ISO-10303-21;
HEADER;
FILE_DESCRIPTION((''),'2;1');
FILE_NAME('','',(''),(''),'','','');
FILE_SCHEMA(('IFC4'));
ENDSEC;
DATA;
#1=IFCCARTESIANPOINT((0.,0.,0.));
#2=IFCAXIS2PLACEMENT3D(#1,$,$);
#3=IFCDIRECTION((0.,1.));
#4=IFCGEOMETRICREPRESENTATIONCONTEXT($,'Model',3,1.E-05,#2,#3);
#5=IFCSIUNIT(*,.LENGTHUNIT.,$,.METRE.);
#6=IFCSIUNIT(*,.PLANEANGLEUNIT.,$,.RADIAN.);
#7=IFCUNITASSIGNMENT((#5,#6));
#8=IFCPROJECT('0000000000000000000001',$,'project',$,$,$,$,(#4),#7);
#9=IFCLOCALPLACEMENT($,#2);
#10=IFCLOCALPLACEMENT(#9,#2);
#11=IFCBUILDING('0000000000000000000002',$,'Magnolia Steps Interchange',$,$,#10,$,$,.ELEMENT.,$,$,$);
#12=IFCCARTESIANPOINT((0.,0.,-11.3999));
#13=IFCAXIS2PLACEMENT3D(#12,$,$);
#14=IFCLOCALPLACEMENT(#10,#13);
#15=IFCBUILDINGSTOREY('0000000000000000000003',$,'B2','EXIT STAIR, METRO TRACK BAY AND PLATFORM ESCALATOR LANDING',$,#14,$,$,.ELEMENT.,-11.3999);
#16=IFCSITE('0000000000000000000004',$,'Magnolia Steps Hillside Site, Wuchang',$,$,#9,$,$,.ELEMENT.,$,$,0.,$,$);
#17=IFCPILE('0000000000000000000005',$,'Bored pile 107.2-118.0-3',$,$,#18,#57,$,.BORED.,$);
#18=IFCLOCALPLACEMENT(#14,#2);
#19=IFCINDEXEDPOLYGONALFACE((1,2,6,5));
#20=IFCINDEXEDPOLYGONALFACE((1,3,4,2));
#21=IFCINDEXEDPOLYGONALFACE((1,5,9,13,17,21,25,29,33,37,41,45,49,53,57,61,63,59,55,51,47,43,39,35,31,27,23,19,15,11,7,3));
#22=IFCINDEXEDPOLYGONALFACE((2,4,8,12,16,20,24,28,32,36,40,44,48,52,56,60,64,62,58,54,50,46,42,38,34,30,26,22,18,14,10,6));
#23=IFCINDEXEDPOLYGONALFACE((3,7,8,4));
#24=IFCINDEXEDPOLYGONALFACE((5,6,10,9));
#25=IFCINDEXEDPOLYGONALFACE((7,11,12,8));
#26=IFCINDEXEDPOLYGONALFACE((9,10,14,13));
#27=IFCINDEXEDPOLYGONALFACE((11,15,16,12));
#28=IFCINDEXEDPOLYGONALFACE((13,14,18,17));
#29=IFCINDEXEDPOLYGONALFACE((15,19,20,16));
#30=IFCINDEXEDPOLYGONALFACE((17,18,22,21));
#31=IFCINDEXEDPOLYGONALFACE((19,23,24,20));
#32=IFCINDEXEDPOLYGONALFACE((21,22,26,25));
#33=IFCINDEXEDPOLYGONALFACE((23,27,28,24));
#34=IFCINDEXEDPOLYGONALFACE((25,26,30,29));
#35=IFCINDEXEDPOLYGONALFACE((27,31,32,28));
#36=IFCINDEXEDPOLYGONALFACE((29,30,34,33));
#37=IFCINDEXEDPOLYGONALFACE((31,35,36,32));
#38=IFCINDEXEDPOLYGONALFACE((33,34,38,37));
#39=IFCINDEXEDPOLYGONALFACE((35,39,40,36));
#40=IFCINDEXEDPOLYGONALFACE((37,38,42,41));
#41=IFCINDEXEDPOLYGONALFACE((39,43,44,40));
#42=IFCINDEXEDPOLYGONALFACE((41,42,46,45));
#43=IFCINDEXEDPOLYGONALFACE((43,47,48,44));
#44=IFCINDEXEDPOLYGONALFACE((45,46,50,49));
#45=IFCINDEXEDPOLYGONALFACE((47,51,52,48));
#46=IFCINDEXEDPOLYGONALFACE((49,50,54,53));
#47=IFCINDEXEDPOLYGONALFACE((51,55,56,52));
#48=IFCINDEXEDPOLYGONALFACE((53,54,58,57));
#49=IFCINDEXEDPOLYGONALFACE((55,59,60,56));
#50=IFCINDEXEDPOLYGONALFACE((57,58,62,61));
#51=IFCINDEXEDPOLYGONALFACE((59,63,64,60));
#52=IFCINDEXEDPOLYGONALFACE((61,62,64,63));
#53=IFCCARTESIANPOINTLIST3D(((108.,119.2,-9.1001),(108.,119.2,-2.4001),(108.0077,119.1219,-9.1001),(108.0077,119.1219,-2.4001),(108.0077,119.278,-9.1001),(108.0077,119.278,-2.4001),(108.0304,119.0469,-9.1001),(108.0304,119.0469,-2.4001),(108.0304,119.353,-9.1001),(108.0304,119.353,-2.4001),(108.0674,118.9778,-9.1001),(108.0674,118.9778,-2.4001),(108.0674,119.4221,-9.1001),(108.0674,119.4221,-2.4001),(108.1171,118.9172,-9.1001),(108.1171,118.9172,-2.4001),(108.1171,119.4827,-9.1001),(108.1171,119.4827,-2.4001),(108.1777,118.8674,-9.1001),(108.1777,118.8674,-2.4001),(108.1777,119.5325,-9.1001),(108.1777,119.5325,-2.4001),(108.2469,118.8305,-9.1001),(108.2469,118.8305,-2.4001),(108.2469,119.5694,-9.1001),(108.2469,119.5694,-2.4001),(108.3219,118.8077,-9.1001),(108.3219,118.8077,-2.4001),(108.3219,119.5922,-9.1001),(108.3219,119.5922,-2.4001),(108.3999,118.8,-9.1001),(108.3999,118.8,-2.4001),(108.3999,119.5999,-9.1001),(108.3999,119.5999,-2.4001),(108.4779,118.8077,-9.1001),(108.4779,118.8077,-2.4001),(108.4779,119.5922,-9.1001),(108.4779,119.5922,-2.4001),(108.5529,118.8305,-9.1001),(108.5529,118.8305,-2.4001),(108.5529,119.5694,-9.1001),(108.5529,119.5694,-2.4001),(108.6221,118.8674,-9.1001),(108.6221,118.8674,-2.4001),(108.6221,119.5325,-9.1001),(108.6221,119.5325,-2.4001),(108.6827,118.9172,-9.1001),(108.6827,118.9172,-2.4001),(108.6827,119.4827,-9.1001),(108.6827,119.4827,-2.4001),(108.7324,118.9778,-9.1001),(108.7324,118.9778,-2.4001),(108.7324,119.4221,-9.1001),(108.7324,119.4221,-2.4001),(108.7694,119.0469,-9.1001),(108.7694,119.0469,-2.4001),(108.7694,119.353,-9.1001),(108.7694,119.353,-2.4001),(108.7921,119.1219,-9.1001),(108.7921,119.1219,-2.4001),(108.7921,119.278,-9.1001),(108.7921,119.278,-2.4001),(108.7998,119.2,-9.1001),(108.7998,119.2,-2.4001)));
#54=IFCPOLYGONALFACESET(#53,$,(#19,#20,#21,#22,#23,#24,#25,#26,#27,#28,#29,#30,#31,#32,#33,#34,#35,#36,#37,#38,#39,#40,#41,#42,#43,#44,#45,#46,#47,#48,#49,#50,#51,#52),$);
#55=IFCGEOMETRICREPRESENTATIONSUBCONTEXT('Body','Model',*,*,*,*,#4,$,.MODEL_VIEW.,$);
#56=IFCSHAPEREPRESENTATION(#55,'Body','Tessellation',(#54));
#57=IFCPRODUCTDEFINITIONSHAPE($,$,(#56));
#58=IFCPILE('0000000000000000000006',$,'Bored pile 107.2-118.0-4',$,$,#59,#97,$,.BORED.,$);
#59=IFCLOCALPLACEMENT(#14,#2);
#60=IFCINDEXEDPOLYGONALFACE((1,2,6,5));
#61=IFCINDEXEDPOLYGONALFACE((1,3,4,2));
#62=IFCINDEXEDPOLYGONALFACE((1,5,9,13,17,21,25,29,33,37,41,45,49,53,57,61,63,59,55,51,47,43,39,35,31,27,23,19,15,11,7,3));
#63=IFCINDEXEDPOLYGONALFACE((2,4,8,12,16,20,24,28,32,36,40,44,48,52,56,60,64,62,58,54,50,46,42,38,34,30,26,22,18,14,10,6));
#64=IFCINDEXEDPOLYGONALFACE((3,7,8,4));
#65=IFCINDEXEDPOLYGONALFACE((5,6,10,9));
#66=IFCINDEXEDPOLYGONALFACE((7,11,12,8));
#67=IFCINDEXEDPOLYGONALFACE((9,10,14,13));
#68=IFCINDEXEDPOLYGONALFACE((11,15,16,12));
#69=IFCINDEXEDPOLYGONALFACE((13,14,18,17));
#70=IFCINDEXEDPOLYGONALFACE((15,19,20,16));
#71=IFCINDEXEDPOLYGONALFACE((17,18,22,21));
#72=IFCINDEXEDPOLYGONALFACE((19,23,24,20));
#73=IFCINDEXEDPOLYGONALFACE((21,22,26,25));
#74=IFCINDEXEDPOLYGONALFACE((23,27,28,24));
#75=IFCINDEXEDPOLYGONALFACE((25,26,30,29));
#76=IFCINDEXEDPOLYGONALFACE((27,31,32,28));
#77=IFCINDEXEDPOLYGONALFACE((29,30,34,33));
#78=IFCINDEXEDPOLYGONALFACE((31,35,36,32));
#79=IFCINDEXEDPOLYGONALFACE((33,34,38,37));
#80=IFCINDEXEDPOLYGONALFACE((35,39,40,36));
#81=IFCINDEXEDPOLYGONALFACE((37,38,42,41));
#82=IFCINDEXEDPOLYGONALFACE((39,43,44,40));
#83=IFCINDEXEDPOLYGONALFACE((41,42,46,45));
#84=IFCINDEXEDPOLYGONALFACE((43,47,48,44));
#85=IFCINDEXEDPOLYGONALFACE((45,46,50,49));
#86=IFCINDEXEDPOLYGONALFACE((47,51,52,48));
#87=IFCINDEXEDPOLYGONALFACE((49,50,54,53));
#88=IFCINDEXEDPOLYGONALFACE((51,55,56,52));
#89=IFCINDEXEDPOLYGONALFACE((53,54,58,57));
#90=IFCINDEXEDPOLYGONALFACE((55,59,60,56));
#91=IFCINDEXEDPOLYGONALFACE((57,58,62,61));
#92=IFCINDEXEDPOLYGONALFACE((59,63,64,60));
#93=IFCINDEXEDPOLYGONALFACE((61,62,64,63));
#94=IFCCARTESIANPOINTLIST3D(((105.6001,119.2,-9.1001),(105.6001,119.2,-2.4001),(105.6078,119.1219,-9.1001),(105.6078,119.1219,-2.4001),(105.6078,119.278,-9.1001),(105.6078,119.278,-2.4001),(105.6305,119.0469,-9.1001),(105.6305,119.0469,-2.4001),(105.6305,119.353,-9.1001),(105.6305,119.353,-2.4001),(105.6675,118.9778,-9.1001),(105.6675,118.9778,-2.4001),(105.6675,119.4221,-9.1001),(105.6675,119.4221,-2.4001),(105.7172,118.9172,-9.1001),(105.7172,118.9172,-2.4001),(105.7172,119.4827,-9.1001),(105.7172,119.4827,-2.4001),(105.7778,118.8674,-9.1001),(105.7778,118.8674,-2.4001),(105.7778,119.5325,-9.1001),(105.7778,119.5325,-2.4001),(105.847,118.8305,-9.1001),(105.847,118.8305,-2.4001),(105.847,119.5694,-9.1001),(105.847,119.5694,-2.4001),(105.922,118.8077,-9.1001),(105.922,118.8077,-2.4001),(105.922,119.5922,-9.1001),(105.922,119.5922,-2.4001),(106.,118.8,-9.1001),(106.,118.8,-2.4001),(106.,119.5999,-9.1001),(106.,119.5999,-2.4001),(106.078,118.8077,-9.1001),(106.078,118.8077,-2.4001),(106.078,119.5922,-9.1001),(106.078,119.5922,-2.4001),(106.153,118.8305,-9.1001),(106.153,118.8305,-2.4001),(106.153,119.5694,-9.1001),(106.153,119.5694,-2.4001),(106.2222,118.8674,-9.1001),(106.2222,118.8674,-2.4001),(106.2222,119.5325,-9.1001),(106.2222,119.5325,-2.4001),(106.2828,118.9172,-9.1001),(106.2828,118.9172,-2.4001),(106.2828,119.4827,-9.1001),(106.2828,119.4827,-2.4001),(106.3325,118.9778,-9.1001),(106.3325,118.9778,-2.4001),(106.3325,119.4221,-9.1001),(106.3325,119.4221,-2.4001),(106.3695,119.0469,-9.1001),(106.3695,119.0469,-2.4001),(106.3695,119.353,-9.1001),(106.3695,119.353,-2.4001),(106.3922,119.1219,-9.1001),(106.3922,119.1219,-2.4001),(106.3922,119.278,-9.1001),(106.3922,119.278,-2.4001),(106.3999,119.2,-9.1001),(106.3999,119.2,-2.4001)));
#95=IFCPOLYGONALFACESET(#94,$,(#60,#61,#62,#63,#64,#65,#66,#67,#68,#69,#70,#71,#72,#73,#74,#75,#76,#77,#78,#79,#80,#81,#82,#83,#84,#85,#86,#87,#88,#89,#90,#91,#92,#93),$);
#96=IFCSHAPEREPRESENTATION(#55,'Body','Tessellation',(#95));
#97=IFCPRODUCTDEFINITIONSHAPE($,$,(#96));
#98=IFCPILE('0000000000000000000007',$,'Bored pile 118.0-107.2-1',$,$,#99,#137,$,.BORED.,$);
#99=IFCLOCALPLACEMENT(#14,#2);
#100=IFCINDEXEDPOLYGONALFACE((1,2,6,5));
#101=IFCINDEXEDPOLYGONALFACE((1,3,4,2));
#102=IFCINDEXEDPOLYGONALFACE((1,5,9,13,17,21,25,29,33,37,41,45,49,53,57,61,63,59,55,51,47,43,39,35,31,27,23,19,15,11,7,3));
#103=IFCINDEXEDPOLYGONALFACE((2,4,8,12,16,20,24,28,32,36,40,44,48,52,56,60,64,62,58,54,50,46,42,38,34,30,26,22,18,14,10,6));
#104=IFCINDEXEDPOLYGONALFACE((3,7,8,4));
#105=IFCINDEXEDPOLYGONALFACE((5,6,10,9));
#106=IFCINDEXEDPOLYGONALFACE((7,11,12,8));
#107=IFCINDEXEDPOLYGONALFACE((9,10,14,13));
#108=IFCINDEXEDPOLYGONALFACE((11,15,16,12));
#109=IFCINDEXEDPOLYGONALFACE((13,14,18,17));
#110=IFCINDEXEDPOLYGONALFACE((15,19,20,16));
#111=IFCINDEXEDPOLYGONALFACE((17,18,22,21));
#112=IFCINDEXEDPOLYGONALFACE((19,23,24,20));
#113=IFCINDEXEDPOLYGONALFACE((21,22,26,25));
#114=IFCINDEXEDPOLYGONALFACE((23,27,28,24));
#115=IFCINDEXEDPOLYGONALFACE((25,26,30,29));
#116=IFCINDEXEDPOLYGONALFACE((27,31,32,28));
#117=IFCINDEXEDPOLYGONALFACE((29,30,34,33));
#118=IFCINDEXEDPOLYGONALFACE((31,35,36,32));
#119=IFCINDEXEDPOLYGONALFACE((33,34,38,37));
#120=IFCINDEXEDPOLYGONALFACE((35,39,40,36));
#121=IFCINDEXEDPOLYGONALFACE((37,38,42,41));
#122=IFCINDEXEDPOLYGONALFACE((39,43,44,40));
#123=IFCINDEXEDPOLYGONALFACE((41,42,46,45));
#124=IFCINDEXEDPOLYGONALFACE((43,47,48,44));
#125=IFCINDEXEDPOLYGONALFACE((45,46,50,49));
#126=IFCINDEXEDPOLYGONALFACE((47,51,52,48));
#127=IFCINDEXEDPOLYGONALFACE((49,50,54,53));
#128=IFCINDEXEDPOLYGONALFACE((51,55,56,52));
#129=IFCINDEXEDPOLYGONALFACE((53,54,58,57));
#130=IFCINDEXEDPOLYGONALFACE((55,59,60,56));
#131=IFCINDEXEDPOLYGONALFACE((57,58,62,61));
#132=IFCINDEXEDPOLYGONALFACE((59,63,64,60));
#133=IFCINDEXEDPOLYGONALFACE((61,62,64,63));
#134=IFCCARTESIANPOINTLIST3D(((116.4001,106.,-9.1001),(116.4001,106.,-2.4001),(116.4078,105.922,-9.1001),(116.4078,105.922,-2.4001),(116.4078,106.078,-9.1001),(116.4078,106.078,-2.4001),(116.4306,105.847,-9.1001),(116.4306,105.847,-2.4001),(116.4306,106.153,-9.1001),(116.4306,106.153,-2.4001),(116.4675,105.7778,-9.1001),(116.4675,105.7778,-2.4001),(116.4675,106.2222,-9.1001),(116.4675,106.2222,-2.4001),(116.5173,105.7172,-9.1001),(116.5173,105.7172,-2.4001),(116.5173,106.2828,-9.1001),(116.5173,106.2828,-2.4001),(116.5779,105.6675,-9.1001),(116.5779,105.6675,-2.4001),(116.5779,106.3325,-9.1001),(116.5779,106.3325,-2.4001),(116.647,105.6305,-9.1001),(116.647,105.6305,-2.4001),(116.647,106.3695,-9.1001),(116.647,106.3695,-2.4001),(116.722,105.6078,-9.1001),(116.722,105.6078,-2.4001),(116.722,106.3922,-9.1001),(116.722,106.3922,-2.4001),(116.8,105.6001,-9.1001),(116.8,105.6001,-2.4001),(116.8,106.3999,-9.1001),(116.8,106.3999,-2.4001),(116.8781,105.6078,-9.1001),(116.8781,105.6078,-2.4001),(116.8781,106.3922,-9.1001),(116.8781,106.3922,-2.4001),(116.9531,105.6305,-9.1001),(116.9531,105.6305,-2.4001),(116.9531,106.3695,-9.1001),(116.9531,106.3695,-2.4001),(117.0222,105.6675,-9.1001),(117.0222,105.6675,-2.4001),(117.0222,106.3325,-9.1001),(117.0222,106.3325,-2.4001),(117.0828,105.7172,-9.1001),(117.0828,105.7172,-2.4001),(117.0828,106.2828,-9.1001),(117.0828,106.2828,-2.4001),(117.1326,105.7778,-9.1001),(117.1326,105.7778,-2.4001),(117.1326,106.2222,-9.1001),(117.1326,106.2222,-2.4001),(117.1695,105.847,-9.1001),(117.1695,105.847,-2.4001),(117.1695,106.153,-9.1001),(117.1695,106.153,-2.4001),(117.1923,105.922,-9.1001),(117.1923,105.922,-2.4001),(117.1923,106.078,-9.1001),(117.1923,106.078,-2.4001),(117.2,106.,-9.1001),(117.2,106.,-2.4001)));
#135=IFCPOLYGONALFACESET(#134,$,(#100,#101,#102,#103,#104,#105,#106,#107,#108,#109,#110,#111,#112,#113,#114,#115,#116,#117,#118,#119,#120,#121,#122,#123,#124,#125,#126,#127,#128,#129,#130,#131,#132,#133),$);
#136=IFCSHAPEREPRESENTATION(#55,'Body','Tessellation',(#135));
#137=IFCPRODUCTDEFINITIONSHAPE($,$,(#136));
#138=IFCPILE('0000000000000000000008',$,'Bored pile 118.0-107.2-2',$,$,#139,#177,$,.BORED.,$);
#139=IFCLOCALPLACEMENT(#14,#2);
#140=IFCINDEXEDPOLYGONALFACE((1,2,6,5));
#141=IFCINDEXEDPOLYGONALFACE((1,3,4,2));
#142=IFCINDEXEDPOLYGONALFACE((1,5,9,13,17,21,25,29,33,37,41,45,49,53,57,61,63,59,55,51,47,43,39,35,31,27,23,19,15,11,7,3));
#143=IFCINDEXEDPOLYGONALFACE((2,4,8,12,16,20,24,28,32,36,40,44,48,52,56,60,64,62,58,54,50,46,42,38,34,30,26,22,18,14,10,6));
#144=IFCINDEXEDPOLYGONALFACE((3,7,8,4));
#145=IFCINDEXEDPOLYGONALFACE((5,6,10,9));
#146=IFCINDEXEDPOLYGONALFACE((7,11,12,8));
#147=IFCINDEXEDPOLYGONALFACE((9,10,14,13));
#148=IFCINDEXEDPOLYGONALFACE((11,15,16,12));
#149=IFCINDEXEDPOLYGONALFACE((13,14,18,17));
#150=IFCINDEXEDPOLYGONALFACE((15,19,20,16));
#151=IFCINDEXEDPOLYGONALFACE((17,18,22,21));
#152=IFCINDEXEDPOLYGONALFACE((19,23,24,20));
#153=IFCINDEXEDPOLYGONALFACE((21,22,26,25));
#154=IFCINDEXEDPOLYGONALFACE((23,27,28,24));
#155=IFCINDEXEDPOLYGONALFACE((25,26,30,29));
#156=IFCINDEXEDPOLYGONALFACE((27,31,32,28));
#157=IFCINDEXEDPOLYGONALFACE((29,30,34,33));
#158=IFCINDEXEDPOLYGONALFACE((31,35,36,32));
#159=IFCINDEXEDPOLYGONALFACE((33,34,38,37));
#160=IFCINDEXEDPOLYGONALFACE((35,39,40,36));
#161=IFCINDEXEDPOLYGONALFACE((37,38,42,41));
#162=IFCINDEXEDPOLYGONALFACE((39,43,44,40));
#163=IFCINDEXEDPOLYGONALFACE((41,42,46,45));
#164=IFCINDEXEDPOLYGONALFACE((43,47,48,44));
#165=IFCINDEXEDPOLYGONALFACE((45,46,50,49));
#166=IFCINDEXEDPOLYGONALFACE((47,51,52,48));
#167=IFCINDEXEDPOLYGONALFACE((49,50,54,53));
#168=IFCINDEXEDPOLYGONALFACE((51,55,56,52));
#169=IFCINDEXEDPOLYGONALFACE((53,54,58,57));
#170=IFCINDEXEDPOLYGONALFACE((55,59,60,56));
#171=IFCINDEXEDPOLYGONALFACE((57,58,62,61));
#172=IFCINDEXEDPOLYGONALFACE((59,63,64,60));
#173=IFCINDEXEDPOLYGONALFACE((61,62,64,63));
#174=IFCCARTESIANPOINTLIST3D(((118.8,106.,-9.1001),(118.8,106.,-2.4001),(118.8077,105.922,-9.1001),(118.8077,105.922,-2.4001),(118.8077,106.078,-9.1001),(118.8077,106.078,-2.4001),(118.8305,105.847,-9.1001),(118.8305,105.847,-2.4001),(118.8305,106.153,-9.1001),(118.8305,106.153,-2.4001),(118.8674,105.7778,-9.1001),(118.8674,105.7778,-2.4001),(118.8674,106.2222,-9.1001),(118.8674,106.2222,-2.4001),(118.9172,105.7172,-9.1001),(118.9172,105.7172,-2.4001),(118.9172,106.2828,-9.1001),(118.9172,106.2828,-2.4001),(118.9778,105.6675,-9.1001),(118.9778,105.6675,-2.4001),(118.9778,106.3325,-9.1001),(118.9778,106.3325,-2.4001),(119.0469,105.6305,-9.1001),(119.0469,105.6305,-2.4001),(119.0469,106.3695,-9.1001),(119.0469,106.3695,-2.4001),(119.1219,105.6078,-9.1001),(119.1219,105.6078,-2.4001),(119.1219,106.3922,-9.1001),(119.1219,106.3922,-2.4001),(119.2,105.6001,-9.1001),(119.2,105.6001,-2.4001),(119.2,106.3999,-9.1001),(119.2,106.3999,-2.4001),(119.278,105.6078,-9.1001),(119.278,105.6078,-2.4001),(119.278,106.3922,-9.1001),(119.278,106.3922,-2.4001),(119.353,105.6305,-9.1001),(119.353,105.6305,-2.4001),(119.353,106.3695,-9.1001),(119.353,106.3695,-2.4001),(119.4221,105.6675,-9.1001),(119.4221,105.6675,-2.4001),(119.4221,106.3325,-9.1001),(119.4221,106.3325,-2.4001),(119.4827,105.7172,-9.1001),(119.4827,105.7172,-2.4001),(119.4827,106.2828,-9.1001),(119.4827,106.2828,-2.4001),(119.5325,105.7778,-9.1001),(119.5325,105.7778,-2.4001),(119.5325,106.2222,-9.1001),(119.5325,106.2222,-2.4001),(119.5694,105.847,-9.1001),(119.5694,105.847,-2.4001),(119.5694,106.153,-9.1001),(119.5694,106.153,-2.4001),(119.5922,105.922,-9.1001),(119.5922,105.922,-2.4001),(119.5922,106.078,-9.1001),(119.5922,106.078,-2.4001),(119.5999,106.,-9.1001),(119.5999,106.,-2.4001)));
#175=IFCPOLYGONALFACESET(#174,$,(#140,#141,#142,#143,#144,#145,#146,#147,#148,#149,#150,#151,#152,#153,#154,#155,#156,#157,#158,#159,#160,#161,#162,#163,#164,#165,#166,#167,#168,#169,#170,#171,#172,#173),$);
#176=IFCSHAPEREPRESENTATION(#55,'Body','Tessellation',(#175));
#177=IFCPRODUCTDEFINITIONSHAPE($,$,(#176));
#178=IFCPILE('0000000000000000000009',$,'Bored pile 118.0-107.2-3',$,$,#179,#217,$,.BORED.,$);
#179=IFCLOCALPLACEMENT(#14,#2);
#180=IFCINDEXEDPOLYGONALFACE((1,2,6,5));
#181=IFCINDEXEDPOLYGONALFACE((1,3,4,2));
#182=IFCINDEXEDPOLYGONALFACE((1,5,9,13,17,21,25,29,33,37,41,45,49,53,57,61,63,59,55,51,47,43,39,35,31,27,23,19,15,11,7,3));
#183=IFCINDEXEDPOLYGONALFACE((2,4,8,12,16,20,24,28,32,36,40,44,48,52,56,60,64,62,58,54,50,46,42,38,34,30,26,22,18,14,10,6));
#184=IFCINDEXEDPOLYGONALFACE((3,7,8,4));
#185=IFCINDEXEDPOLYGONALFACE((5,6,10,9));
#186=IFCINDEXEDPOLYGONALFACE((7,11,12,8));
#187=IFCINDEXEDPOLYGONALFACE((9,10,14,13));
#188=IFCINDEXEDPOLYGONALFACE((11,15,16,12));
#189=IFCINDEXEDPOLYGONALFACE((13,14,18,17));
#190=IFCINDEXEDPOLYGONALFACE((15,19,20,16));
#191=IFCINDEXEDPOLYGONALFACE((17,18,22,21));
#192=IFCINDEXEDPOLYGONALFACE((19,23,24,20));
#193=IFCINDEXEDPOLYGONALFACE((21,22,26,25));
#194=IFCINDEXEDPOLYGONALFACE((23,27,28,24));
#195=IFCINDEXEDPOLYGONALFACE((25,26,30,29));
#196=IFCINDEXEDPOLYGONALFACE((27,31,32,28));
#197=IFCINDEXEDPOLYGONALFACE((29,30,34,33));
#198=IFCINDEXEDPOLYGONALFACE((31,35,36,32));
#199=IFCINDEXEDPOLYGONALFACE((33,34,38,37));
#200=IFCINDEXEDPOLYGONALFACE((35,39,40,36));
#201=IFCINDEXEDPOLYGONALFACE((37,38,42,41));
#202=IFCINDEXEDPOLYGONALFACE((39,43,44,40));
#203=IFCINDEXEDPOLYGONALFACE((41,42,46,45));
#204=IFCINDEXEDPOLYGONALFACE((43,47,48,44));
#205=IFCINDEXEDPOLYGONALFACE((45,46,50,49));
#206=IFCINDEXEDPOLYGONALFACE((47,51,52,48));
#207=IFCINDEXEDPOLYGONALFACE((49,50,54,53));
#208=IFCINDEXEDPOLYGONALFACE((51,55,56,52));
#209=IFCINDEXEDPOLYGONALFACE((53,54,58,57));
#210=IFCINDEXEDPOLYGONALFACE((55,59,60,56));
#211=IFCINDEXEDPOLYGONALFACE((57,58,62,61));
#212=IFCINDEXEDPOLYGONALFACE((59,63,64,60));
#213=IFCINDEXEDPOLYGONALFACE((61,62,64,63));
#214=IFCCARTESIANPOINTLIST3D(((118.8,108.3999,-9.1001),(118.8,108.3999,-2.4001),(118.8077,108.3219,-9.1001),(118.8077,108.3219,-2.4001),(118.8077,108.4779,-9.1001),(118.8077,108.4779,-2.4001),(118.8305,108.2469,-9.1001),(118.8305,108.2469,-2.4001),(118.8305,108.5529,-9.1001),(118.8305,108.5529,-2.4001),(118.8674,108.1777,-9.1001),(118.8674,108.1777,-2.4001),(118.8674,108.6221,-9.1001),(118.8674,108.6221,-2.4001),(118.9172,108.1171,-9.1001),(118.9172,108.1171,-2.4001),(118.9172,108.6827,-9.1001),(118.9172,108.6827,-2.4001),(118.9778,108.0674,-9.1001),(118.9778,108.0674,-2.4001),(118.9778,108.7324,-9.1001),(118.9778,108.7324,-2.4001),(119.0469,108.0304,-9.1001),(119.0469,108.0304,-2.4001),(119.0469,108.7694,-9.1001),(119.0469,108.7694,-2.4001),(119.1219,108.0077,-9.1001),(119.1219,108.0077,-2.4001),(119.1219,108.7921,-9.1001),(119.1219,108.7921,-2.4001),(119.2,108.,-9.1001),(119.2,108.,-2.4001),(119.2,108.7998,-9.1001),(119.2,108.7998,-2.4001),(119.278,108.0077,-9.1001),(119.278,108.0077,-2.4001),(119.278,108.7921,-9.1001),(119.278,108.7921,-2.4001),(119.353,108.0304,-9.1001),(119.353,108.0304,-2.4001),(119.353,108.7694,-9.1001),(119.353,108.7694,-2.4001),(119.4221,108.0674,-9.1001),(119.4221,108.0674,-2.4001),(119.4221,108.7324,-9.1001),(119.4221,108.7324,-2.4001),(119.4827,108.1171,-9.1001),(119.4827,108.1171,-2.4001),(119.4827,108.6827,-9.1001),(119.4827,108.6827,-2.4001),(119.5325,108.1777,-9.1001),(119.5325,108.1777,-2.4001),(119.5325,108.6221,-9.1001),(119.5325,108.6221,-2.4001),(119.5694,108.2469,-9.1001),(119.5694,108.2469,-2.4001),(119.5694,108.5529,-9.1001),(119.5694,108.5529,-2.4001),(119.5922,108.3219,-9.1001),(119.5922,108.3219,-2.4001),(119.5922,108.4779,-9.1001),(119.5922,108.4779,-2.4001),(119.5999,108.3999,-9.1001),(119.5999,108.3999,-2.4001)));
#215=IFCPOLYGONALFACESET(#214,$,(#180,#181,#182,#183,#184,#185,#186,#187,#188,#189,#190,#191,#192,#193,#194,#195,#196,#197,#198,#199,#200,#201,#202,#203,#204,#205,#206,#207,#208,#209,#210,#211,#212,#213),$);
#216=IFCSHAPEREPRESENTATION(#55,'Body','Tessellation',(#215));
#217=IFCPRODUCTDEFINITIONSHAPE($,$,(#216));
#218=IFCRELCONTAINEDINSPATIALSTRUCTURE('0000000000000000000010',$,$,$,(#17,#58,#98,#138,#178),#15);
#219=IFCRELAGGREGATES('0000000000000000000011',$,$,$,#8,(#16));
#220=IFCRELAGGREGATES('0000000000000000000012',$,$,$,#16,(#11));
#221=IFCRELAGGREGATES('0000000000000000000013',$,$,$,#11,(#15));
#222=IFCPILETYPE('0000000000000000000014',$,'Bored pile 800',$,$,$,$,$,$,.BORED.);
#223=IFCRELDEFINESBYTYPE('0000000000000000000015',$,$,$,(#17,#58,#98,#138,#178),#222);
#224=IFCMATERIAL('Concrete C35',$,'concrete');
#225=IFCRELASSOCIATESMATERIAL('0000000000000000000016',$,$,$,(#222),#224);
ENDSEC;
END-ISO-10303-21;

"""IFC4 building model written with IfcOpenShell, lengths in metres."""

from ifc_helpers import new_model, si_unit, direction, frame, origin, origin_2d, place, context, subcontext, project, spatial, circle, extrude, material, material_profile, profile_set, type_object, element, save


model = new_model("IFC4")

# Units and contexts
model_context = context("Model", 3, precision=1e-05, world=origin(), true_north=direction((0.0, 1.0)))
body_context = subcontext(model_context, "Body", "Model", "MODEL_VIEW")
ifc_project = project(units=[si_unit("LENGTHUNIT", "METRE"), si_unit("PLANEANGLEUNIT", "RADIAN")], contexts=[model_context])

# Site, building, storey
site_placement = place(None, origin())
site = spatial("IfcSite", under=ifc_project, at=site_placement, Name="Magnolia Steps Hillside Site, Wuchang", CompositionType="ELEMENT", RefElevation=0.0)
building_placement = place(site_placement, origin())
building = spatial("IfcBuilding", under=site, at=building_placement, Name="Magnolia Steps Interchange", CompositionType="ELEMENT")
storey_placement = place(building_placement, frame((0.0, 0.0, -11.3999)))
storey = spatial("IfcBuildingStorey", under=building, at=storey_placement, Name="B2", Description="EXIT STAIR, METRO TRACK BAY AND PLATFORM ESCALATOR LANDING", CompositionType="ELEMENT", Elevation=-11.3999)

# Piles
ifc_material_1 = material(Name="Concrete C35", Category="concrete")
ifc_material_profile_1 = material_profile(ifc_material_1, circle(Radius=0.3999, at=origin_2d()), Name="Bored pile 800")
ifc_profile_set_1 = profile_set([ifc_material_profile_1], Name="Concrete C35")
pile_type_1 = type_object("IfcPileType", Name="Bored pile 800", PredefinedType="BORED", material=ifc_profile_set_1)
for number, where, z_axis, x_axis, name in (
    (1, (108.3999, 119.2, -2.4001), (0.0, 0.0, -1.0), (1.0, 0.0, 0.0), "Bored pile 107.2-118.0-3"),
    (2, (106.0, 119.2, -2.4001), (0.0, 0.0, -1.0), (1.0, 0.0, 0.0), "Bored pile 107.2-118.0-4"),
    (3, (116.8, 106.0, -2.4001), (0.0, 0.0, -1.0), (1.0, 0.0, 0.0), "Bored pile 118.0-107.2-1"),
    (4, (119.2, 106.0, -2.4001), (0.0, 0.0, -1.0), (1.0, 0.0, 0.0), "Bored pile 118.0-107.2-2"),
    (5, (119.2, 108.3999, -2.4001), (0.0, 0.0, -1.0), (1.0, 0.0, 0.0), "Bored pile 118.0-107.2-3"),
):
    element("IfcPile", number, at=place(storey_placement, frame(where, z_axis=z_axis, x_axis=x_axis)), inside=storey, type_object=pile_type_1, Name=name, PredefinedType="BORED", context=body_context, shape_type="SweptSolid", body=[
        extrude(circle(Radius=0.3999, at=origin_2d()), origin(), (0.0, 0.0, 1.0), 6.7),
    ])

save(model, "model.ifc")
